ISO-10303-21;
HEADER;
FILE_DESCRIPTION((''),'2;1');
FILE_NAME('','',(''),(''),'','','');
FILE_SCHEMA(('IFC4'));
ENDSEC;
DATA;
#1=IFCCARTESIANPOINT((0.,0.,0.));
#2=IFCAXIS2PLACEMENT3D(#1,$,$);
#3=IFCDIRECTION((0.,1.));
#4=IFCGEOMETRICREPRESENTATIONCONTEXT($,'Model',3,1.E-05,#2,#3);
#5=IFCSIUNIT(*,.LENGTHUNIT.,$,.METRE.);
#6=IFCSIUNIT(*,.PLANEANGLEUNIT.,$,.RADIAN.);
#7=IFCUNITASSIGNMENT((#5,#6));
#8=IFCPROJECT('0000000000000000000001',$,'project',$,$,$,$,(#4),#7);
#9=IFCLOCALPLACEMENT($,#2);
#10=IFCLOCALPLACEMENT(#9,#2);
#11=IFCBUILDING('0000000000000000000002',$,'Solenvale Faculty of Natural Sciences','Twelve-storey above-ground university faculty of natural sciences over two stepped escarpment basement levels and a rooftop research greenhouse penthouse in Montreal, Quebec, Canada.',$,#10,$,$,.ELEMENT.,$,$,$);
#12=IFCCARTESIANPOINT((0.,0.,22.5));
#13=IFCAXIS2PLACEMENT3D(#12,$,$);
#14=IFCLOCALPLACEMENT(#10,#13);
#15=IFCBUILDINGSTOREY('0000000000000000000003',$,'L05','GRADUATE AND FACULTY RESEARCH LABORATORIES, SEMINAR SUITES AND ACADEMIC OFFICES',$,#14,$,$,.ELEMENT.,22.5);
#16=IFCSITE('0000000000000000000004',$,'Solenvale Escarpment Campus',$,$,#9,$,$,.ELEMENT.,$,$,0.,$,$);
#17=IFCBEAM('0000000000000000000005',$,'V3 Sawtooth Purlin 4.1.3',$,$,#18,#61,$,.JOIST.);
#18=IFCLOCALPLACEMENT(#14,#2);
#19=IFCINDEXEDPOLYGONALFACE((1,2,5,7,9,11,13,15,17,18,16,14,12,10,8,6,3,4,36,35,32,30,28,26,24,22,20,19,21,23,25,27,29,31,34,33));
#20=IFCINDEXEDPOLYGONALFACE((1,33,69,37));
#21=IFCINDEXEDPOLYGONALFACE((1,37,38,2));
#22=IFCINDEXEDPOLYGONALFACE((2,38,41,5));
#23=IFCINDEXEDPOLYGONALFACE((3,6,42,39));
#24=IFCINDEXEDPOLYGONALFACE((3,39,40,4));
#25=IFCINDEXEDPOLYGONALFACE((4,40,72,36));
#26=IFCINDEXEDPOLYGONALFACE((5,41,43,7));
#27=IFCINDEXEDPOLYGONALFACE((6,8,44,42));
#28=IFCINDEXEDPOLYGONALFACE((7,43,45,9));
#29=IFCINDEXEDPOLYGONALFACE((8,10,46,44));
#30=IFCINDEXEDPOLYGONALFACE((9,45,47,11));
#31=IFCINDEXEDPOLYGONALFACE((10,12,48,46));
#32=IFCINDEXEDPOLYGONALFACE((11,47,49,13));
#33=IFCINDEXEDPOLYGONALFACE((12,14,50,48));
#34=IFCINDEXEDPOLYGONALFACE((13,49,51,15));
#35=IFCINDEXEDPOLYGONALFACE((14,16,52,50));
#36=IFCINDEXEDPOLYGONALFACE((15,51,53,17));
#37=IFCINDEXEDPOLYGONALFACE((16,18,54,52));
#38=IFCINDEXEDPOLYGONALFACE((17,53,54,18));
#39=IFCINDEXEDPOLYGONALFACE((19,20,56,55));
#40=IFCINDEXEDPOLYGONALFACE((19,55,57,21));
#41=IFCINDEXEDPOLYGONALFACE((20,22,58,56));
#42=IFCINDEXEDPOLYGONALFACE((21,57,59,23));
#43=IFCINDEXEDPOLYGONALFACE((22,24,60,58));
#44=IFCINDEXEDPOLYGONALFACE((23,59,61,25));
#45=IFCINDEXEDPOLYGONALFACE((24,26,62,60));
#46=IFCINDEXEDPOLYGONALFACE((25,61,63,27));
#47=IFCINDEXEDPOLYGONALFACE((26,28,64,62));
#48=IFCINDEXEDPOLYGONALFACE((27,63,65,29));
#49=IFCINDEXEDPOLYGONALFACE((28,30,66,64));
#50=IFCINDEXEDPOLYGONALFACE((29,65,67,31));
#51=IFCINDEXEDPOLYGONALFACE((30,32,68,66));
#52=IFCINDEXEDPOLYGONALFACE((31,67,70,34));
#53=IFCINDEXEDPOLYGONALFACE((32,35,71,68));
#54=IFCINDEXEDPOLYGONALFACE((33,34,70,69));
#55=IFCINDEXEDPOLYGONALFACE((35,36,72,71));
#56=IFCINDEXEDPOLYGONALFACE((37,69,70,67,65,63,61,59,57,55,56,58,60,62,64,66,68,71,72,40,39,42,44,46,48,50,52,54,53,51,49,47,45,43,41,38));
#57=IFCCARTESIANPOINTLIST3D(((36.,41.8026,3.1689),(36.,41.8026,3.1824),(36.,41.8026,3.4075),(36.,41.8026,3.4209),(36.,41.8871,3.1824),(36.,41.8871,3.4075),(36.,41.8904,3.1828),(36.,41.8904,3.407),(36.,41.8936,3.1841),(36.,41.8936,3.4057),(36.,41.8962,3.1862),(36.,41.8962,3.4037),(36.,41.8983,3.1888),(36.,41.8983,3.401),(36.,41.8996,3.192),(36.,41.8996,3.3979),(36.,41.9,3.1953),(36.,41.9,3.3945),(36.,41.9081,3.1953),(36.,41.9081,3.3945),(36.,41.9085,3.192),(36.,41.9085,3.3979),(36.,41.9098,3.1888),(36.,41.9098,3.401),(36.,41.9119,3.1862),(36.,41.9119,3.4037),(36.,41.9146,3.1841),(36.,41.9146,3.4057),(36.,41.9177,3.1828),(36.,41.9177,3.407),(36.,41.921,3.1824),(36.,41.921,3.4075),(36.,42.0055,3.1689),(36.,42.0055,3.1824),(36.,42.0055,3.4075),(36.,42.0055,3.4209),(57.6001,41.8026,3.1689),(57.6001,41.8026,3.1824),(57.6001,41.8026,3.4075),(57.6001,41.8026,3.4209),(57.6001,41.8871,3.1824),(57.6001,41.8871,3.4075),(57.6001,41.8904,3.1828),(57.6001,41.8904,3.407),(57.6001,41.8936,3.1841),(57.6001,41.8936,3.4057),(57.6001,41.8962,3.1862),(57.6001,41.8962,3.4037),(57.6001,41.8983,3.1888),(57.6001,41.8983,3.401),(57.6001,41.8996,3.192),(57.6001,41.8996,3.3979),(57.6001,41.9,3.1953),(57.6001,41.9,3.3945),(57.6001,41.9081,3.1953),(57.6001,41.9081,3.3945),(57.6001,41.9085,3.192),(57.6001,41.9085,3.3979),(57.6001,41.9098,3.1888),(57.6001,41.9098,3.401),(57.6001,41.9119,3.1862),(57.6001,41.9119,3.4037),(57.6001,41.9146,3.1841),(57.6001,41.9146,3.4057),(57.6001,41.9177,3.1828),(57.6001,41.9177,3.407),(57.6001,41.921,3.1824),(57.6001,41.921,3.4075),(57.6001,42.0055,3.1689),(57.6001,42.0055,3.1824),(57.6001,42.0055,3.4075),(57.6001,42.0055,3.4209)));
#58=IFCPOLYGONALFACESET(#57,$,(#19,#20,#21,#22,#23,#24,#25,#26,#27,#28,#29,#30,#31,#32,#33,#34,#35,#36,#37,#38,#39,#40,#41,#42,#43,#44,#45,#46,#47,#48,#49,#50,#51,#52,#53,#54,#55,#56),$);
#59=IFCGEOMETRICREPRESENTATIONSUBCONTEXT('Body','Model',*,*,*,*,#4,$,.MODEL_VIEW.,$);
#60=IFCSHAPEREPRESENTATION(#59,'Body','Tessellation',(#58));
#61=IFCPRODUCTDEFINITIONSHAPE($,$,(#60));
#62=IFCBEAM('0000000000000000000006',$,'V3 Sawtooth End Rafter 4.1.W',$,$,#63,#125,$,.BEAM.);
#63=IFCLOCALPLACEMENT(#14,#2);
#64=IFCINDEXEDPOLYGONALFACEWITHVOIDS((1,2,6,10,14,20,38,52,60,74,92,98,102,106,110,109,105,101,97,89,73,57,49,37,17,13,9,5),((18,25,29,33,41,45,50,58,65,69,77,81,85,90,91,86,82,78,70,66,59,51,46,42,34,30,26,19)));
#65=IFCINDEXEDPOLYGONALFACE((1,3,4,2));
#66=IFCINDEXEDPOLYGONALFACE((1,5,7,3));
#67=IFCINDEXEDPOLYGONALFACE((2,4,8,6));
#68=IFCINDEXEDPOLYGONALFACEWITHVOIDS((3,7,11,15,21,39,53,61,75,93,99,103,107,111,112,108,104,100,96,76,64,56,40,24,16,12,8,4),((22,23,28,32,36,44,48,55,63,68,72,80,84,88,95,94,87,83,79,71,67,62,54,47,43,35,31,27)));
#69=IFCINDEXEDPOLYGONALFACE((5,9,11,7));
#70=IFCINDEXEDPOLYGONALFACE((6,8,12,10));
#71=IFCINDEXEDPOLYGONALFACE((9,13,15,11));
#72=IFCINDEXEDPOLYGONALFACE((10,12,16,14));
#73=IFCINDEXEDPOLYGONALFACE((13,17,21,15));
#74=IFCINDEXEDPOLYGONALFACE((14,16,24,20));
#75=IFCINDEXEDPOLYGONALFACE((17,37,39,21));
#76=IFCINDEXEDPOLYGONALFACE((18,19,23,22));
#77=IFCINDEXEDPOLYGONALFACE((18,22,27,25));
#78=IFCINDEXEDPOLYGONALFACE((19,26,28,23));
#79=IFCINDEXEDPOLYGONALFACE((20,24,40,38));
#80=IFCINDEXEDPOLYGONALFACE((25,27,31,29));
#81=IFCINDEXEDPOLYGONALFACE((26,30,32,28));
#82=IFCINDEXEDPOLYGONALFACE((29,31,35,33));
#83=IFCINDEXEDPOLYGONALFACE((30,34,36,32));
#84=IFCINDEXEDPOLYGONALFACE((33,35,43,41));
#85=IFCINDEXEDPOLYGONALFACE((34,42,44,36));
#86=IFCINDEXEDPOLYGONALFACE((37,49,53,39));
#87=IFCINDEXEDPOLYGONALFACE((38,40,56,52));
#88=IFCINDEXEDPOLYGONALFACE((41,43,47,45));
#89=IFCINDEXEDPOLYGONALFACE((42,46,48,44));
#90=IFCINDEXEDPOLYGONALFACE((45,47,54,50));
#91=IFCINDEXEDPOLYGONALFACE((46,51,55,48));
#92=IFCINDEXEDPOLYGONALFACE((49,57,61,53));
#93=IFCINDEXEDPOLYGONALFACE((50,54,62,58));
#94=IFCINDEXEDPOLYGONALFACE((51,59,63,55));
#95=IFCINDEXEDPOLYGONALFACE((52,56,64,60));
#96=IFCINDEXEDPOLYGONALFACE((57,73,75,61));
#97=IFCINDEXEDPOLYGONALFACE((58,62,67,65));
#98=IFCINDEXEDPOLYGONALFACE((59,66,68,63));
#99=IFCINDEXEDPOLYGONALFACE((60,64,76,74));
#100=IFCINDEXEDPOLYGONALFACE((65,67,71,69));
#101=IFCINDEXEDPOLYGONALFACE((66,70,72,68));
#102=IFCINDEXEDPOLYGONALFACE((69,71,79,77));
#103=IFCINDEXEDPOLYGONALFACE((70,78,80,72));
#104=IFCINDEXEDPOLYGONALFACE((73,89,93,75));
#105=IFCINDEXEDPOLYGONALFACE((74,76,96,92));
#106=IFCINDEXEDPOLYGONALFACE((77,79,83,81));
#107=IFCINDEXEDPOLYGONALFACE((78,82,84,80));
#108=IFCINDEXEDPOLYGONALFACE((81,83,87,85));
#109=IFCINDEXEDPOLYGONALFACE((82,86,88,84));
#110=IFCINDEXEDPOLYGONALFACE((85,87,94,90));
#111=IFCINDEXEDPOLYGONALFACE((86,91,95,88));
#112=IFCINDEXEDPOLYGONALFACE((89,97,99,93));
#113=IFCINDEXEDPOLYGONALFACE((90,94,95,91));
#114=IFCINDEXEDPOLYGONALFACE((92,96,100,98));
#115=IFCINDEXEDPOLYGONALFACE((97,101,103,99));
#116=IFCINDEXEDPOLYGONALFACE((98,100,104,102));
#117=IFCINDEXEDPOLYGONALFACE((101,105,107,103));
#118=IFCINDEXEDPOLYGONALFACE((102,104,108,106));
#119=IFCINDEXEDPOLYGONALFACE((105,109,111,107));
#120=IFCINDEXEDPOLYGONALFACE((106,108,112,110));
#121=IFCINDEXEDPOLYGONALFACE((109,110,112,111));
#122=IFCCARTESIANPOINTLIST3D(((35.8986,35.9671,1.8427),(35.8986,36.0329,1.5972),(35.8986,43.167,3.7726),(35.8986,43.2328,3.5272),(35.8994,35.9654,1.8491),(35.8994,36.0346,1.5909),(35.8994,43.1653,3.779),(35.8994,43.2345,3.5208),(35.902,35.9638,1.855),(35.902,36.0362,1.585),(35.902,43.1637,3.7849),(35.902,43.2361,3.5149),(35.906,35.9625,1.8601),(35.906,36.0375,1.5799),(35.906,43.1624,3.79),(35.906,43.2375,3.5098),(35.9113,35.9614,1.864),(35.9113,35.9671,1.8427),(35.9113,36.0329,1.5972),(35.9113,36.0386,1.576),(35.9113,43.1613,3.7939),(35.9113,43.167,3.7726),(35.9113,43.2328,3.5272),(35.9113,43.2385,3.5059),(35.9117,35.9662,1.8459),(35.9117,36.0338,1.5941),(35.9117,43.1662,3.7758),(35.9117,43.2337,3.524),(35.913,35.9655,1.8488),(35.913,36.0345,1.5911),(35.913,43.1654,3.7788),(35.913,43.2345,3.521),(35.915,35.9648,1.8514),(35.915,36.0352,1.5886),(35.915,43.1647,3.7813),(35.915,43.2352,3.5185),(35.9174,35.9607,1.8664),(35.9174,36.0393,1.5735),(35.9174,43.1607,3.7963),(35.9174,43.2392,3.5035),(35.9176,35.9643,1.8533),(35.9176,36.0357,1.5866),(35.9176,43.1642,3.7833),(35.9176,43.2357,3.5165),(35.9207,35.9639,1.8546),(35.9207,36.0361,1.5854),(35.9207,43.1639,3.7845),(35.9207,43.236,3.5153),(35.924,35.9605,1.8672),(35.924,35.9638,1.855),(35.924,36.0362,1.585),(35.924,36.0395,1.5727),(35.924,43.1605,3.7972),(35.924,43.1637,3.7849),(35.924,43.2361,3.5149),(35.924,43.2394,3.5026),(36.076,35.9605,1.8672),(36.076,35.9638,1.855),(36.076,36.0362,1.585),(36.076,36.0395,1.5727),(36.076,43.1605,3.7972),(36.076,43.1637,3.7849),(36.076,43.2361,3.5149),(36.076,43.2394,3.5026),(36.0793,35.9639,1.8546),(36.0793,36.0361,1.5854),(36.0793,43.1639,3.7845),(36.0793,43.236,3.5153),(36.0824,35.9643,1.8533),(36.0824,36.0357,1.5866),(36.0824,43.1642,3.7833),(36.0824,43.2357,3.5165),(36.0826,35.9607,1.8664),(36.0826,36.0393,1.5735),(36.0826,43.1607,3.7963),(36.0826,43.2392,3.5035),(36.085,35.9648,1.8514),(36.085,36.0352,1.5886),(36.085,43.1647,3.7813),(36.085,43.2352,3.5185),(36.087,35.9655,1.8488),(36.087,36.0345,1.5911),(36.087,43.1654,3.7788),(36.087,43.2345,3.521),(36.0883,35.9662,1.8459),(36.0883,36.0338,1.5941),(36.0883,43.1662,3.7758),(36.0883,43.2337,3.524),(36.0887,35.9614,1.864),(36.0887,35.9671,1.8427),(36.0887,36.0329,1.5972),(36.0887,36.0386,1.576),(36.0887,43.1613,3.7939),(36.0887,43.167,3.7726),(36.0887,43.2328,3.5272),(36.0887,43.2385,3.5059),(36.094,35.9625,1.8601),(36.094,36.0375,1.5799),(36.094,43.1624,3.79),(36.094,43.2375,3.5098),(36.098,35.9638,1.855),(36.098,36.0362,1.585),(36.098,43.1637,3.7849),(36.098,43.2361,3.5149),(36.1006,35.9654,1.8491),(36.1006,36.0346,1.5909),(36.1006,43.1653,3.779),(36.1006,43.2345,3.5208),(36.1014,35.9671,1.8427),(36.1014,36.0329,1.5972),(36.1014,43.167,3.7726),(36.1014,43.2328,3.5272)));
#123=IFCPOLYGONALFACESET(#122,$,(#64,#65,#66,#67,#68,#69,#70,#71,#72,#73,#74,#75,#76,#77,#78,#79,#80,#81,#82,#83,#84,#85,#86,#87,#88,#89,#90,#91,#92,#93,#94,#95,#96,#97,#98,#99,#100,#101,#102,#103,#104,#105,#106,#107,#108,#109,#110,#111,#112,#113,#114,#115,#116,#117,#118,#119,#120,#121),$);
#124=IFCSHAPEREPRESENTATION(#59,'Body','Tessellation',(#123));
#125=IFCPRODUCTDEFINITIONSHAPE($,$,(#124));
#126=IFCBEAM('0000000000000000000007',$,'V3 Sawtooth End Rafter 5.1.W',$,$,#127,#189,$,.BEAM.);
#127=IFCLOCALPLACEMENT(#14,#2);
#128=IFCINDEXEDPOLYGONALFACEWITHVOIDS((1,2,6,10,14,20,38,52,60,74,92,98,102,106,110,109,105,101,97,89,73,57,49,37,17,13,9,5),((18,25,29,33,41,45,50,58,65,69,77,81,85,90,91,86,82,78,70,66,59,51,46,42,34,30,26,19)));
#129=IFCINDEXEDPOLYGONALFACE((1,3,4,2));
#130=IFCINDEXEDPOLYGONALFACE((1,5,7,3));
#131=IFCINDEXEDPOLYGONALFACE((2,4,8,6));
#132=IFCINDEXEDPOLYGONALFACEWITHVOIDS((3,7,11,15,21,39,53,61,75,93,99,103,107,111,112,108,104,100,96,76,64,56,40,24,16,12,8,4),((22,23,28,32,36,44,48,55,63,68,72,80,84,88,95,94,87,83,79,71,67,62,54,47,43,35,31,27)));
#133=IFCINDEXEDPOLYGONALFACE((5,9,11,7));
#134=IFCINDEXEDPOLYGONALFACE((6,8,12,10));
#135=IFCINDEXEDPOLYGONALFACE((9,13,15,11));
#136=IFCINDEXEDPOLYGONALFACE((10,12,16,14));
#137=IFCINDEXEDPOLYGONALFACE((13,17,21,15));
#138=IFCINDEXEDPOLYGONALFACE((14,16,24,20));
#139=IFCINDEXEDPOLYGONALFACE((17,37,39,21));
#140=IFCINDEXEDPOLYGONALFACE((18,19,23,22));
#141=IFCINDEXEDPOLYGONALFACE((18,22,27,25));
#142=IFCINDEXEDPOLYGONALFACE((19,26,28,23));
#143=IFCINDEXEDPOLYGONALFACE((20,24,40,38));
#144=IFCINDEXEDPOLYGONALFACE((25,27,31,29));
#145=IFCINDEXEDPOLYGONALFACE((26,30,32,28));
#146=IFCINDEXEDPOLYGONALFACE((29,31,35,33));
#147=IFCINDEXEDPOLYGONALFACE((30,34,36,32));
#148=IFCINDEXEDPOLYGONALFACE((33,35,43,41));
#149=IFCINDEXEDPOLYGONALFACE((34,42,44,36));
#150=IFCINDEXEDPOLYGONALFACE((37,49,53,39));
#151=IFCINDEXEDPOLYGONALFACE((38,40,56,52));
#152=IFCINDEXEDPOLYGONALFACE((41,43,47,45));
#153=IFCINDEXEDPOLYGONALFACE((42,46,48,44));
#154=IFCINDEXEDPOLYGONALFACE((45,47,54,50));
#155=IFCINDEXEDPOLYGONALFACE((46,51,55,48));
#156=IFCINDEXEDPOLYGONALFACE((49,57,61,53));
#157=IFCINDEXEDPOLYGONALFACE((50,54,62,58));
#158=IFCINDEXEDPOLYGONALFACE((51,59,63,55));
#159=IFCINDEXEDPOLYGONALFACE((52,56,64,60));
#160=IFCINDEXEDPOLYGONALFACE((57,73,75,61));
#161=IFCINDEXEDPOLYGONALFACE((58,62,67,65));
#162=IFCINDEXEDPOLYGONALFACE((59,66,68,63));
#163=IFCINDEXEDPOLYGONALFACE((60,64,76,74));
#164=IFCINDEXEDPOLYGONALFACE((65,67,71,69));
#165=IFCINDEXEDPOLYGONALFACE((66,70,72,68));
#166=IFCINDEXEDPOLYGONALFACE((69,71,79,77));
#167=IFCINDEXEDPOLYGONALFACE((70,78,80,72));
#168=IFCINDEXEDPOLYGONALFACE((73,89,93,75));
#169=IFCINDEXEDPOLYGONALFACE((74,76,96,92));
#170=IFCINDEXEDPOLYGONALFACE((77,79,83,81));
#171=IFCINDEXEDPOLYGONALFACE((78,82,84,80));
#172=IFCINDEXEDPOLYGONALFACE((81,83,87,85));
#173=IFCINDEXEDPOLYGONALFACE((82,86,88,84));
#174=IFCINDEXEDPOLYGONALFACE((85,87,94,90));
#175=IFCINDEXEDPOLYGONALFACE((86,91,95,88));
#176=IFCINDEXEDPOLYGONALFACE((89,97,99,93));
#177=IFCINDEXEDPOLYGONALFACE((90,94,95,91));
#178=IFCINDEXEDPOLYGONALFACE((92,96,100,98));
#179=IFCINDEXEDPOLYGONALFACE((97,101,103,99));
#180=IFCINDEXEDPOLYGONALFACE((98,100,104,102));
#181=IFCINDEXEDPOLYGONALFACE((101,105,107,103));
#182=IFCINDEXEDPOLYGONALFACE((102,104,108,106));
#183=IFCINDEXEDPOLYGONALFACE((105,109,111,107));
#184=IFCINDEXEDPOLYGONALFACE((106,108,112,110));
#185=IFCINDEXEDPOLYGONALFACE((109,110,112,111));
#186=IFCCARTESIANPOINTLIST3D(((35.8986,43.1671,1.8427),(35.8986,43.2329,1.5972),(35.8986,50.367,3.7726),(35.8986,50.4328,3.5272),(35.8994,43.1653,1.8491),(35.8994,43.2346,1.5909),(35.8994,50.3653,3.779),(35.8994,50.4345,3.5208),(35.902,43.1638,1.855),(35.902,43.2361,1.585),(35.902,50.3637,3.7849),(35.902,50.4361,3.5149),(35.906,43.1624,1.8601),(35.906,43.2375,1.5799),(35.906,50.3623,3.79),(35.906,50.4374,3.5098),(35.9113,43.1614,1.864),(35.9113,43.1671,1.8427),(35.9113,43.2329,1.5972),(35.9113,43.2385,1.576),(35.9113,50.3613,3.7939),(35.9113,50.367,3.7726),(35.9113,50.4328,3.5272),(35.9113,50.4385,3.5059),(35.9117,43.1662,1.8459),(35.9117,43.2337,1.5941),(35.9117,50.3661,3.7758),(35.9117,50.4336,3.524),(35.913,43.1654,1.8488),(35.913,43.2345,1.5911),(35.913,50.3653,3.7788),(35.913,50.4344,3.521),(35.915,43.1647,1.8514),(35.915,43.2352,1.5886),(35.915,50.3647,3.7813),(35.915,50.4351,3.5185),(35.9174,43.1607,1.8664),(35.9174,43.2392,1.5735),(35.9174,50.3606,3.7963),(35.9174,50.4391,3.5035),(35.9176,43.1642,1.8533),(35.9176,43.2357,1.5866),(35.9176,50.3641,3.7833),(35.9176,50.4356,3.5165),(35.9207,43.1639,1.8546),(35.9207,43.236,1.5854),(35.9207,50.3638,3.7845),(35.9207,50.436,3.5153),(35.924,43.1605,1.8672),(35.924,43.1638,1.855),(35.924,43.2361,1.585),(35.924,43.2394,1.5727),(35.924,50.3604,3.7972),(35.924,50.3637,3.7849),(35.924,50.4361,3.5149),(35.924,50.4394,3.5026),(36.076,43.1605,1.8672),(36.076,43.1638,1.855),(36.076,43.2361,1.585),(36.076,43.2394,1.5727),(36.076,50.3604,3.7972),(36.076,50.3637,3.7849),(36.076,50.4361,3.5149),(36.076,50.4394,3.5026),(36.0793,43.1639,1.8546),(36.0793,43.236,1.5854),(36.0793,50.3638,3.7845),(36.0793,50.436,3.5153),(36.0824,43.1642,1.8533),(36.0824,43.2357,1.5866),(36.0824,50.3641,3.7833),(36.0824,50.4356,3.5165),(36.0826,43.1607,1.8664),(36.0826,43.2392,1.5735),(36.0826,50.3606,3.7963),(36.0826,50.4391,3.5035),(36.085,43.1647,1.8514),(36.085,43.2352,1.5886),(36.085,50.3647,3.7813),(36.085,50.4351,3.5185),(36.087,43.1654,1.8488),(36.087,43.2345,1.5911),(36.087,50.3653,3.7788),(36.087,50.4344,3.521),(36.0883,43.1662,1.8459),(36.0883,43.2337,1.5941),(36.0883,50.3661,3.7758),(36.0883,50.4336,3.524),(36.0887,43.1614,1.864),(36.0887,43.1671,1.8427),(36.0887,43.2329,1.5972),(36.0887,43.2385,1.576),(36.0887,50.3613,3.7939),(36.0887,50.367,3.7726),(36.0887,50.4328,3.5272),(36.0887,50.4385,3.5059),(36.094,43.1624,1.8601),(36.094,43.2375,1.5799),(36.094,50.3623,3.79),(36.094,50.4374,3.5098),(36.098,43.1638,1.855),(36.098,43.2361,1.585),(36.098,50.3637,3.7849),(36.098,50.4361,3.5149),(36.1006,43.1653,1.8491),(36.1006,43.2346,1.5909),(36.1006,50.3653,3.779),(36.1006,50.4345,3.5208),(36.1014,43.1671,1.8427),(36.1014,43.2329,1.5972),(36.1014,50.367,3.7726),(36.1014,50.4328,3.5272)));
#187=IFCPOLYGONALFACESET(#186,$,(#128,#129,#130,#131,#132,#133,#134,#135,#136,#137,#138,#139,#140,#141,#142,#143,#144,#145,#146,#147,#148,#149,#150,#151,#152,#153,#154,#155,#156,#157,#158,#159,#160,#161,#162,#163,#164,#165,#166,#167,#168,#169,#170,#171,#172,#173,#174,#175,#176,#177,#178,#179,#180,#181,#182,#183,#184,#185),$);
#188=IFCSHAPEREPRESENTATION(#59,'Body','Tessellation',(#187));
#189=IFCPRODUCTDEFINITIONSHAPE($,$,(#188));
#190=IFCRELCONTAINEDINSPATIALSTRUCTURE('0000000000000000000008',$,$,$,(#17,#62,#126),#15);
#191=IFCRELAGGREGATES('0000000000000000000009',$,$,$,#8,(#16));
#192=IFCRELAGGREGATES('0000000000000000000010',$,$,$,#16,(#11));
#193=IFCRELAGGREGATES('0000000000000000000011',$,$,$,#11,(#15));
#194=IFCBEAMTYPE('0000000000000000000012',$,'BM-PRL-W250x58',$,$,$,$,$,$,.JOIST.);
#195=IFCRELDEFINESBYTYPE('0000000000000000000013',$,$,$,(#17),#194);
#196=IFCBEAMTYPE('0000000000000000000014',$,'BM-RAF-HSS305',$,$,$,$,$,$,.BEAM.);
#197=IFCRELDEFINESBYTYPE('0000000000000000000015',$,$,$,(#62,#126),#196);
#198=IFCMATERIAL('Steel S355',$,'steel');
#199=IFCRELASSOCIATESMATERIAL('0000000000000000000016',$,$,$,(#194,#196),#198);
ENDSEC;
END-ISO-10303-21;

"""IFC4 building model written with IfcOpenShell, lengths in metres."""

from ifc_helpers import new_model, si_unit, direction, frame, origin, origin_2d, place, context, subcontext, project, spatial, hollow_rectangle, i_section, extrude, material, material_profile, profile_set, type_object, element, save


model = new_model("IFC4")

# Units and contexts
model_context = context("Model", 3, precision=1e-05, world=origin(), true_north=direction((0.0, 1.0)))
body_context = subcontext(model_context, "Body", "Model", "MODEL_VIEW")
ifc_project = project(units=[si_unit("LENGTHUNIT", "METRE"), si_unit("PLANEANGLEUNIT", "RADIAN")], contexts=[model_context])

# Site, building, storey
site_placement = place(None, origin())
site = spatial("IfcSite", under=ifc_project, at=site_placement, Name="Solenvale Escarpment Campus", CompositionType="ELEMENT", RefElevation=0.0)
building_placement = place(site_placement, origin())
building = spatial("IfcBuilding", under=site, at=building_placement, Name="Solenvale Faculty of Natural Sciences", Description="Twelve-storey above-ground university faculty of natural sciences over two stepped escarpment basement levels and a rooftop research greenhouse penthouse in Montreal, Quebec, Canada.", CompositionType="ELEMENT")
storey_placement = place(building_placement, frame((0.0, 0.0, 22.5)))
storey = spatial("IfcBuildingStorey", under=building, at=storey_placement, Name="L05", Description="GRADUATE AND FACULTY RESEARCH LABORATORIES, SEMINAR SUITES AND ACADEMIC OFFICES", CompositionType="ELEMENT", Elevation=22.5)

# Shared definitions
ifc_material_1 = material(Name="Steel S355", Category="steel")

# Beams
ifc_material_profile_1 = material_profile(ifc_material_1, i_section(OverallWidth=0.2029, OverallDepth=0.252, WebThickness=0.0081, FlangeThickness=0.0134, FilletRadius=0.0129, at=origin_2d()), Name="W250x58")
ifc_profile_set_1 = profile_set([ifc_material_profile_1], Name="Steel S355")
beam_type_1 = type_object("IfcBeamType", Name="BM-PRL-W250x58", PredefinedType="JOIST", material=ifc_profile_set_1)
for number, where, z_axis, x_axis, name in (
    (1, (36.0, 41.9041, 3.2949), (1.0, 0.0, 0.0), (0.0, 1.0, 0.0), "V3 Sawtooth Purlin 4.1.3"),
):
    element("IfcBeam", number, at=place(storey_placement, frame(where, z_axis=z_axis, x_axis=x_axis)), inside=storey, type_object=beam_type_1, Name=name, PredefinedType="JOIST", context=body_context, shape_type="SweptSolid", body=[
        extrude(i_section(OverallWidth=0.2029, OverallDepth=0.252, WebThickness=0.0081, FlangeThickness=0.0134, FilletRadius=0.0129, at=origin_2d()), origin(), (0.0, 0.0, 1.0), 21.6001),
    ])
ifc_material_profile_2 = material_profile(ifc_material_1, hollow_rectangle(XDim=0.2029, YDim=0.3049, WallThickness=0.0127, InnerFilletRadius=0.0127, OuterFilletRadius=0.0254, at=origin_2d()), Name="HSS305x203x13")
ifc_profile_set_2 = profile_set([ifc_material_profile_2], Name="Steel S355")
beam_type_2 = type_object("IfcBeamType", Name="BM-RAF-HSS305", PredefinedType="BEAM", material=ifc_profile_set_2)
for number, where, z_axis, x_axis, name in (
    (2, (36.0, 36.0, 1.72), (0.0, 0.965902, 0.258908), (-1.0, 0.0, 0.0), "V3 Sawtooth End Rafter 4.1.W"),
    (3, (36.0, 43.2, 1.72), (0.0, 0.965902, 0.258908), (-1.0, 0.0, 0.0), "V3 Sawtooth End Rafter 5.1.W"),
):
    element("IfcBeam", number, at=place(storey_placement, frame(where, z_axis=z_axis, x_axis=x_axis)), inside=storey, type_object=beam_type_2, Name=name, PredefinedType="BEAM", context=body_context, shape_type="SweptSolid", body=[
        extrude(hollow_rectangle(XDim=0.2029, YDim=0.3049, WallThickness=0.0127, InnerFilletRadius=0.0127, OuterFilletRadius=0.0254, at=origin_2d()), origin(), (0.0, 0.0, 1.0), 7.4541),
    ])

save(model, "model.ifc")
